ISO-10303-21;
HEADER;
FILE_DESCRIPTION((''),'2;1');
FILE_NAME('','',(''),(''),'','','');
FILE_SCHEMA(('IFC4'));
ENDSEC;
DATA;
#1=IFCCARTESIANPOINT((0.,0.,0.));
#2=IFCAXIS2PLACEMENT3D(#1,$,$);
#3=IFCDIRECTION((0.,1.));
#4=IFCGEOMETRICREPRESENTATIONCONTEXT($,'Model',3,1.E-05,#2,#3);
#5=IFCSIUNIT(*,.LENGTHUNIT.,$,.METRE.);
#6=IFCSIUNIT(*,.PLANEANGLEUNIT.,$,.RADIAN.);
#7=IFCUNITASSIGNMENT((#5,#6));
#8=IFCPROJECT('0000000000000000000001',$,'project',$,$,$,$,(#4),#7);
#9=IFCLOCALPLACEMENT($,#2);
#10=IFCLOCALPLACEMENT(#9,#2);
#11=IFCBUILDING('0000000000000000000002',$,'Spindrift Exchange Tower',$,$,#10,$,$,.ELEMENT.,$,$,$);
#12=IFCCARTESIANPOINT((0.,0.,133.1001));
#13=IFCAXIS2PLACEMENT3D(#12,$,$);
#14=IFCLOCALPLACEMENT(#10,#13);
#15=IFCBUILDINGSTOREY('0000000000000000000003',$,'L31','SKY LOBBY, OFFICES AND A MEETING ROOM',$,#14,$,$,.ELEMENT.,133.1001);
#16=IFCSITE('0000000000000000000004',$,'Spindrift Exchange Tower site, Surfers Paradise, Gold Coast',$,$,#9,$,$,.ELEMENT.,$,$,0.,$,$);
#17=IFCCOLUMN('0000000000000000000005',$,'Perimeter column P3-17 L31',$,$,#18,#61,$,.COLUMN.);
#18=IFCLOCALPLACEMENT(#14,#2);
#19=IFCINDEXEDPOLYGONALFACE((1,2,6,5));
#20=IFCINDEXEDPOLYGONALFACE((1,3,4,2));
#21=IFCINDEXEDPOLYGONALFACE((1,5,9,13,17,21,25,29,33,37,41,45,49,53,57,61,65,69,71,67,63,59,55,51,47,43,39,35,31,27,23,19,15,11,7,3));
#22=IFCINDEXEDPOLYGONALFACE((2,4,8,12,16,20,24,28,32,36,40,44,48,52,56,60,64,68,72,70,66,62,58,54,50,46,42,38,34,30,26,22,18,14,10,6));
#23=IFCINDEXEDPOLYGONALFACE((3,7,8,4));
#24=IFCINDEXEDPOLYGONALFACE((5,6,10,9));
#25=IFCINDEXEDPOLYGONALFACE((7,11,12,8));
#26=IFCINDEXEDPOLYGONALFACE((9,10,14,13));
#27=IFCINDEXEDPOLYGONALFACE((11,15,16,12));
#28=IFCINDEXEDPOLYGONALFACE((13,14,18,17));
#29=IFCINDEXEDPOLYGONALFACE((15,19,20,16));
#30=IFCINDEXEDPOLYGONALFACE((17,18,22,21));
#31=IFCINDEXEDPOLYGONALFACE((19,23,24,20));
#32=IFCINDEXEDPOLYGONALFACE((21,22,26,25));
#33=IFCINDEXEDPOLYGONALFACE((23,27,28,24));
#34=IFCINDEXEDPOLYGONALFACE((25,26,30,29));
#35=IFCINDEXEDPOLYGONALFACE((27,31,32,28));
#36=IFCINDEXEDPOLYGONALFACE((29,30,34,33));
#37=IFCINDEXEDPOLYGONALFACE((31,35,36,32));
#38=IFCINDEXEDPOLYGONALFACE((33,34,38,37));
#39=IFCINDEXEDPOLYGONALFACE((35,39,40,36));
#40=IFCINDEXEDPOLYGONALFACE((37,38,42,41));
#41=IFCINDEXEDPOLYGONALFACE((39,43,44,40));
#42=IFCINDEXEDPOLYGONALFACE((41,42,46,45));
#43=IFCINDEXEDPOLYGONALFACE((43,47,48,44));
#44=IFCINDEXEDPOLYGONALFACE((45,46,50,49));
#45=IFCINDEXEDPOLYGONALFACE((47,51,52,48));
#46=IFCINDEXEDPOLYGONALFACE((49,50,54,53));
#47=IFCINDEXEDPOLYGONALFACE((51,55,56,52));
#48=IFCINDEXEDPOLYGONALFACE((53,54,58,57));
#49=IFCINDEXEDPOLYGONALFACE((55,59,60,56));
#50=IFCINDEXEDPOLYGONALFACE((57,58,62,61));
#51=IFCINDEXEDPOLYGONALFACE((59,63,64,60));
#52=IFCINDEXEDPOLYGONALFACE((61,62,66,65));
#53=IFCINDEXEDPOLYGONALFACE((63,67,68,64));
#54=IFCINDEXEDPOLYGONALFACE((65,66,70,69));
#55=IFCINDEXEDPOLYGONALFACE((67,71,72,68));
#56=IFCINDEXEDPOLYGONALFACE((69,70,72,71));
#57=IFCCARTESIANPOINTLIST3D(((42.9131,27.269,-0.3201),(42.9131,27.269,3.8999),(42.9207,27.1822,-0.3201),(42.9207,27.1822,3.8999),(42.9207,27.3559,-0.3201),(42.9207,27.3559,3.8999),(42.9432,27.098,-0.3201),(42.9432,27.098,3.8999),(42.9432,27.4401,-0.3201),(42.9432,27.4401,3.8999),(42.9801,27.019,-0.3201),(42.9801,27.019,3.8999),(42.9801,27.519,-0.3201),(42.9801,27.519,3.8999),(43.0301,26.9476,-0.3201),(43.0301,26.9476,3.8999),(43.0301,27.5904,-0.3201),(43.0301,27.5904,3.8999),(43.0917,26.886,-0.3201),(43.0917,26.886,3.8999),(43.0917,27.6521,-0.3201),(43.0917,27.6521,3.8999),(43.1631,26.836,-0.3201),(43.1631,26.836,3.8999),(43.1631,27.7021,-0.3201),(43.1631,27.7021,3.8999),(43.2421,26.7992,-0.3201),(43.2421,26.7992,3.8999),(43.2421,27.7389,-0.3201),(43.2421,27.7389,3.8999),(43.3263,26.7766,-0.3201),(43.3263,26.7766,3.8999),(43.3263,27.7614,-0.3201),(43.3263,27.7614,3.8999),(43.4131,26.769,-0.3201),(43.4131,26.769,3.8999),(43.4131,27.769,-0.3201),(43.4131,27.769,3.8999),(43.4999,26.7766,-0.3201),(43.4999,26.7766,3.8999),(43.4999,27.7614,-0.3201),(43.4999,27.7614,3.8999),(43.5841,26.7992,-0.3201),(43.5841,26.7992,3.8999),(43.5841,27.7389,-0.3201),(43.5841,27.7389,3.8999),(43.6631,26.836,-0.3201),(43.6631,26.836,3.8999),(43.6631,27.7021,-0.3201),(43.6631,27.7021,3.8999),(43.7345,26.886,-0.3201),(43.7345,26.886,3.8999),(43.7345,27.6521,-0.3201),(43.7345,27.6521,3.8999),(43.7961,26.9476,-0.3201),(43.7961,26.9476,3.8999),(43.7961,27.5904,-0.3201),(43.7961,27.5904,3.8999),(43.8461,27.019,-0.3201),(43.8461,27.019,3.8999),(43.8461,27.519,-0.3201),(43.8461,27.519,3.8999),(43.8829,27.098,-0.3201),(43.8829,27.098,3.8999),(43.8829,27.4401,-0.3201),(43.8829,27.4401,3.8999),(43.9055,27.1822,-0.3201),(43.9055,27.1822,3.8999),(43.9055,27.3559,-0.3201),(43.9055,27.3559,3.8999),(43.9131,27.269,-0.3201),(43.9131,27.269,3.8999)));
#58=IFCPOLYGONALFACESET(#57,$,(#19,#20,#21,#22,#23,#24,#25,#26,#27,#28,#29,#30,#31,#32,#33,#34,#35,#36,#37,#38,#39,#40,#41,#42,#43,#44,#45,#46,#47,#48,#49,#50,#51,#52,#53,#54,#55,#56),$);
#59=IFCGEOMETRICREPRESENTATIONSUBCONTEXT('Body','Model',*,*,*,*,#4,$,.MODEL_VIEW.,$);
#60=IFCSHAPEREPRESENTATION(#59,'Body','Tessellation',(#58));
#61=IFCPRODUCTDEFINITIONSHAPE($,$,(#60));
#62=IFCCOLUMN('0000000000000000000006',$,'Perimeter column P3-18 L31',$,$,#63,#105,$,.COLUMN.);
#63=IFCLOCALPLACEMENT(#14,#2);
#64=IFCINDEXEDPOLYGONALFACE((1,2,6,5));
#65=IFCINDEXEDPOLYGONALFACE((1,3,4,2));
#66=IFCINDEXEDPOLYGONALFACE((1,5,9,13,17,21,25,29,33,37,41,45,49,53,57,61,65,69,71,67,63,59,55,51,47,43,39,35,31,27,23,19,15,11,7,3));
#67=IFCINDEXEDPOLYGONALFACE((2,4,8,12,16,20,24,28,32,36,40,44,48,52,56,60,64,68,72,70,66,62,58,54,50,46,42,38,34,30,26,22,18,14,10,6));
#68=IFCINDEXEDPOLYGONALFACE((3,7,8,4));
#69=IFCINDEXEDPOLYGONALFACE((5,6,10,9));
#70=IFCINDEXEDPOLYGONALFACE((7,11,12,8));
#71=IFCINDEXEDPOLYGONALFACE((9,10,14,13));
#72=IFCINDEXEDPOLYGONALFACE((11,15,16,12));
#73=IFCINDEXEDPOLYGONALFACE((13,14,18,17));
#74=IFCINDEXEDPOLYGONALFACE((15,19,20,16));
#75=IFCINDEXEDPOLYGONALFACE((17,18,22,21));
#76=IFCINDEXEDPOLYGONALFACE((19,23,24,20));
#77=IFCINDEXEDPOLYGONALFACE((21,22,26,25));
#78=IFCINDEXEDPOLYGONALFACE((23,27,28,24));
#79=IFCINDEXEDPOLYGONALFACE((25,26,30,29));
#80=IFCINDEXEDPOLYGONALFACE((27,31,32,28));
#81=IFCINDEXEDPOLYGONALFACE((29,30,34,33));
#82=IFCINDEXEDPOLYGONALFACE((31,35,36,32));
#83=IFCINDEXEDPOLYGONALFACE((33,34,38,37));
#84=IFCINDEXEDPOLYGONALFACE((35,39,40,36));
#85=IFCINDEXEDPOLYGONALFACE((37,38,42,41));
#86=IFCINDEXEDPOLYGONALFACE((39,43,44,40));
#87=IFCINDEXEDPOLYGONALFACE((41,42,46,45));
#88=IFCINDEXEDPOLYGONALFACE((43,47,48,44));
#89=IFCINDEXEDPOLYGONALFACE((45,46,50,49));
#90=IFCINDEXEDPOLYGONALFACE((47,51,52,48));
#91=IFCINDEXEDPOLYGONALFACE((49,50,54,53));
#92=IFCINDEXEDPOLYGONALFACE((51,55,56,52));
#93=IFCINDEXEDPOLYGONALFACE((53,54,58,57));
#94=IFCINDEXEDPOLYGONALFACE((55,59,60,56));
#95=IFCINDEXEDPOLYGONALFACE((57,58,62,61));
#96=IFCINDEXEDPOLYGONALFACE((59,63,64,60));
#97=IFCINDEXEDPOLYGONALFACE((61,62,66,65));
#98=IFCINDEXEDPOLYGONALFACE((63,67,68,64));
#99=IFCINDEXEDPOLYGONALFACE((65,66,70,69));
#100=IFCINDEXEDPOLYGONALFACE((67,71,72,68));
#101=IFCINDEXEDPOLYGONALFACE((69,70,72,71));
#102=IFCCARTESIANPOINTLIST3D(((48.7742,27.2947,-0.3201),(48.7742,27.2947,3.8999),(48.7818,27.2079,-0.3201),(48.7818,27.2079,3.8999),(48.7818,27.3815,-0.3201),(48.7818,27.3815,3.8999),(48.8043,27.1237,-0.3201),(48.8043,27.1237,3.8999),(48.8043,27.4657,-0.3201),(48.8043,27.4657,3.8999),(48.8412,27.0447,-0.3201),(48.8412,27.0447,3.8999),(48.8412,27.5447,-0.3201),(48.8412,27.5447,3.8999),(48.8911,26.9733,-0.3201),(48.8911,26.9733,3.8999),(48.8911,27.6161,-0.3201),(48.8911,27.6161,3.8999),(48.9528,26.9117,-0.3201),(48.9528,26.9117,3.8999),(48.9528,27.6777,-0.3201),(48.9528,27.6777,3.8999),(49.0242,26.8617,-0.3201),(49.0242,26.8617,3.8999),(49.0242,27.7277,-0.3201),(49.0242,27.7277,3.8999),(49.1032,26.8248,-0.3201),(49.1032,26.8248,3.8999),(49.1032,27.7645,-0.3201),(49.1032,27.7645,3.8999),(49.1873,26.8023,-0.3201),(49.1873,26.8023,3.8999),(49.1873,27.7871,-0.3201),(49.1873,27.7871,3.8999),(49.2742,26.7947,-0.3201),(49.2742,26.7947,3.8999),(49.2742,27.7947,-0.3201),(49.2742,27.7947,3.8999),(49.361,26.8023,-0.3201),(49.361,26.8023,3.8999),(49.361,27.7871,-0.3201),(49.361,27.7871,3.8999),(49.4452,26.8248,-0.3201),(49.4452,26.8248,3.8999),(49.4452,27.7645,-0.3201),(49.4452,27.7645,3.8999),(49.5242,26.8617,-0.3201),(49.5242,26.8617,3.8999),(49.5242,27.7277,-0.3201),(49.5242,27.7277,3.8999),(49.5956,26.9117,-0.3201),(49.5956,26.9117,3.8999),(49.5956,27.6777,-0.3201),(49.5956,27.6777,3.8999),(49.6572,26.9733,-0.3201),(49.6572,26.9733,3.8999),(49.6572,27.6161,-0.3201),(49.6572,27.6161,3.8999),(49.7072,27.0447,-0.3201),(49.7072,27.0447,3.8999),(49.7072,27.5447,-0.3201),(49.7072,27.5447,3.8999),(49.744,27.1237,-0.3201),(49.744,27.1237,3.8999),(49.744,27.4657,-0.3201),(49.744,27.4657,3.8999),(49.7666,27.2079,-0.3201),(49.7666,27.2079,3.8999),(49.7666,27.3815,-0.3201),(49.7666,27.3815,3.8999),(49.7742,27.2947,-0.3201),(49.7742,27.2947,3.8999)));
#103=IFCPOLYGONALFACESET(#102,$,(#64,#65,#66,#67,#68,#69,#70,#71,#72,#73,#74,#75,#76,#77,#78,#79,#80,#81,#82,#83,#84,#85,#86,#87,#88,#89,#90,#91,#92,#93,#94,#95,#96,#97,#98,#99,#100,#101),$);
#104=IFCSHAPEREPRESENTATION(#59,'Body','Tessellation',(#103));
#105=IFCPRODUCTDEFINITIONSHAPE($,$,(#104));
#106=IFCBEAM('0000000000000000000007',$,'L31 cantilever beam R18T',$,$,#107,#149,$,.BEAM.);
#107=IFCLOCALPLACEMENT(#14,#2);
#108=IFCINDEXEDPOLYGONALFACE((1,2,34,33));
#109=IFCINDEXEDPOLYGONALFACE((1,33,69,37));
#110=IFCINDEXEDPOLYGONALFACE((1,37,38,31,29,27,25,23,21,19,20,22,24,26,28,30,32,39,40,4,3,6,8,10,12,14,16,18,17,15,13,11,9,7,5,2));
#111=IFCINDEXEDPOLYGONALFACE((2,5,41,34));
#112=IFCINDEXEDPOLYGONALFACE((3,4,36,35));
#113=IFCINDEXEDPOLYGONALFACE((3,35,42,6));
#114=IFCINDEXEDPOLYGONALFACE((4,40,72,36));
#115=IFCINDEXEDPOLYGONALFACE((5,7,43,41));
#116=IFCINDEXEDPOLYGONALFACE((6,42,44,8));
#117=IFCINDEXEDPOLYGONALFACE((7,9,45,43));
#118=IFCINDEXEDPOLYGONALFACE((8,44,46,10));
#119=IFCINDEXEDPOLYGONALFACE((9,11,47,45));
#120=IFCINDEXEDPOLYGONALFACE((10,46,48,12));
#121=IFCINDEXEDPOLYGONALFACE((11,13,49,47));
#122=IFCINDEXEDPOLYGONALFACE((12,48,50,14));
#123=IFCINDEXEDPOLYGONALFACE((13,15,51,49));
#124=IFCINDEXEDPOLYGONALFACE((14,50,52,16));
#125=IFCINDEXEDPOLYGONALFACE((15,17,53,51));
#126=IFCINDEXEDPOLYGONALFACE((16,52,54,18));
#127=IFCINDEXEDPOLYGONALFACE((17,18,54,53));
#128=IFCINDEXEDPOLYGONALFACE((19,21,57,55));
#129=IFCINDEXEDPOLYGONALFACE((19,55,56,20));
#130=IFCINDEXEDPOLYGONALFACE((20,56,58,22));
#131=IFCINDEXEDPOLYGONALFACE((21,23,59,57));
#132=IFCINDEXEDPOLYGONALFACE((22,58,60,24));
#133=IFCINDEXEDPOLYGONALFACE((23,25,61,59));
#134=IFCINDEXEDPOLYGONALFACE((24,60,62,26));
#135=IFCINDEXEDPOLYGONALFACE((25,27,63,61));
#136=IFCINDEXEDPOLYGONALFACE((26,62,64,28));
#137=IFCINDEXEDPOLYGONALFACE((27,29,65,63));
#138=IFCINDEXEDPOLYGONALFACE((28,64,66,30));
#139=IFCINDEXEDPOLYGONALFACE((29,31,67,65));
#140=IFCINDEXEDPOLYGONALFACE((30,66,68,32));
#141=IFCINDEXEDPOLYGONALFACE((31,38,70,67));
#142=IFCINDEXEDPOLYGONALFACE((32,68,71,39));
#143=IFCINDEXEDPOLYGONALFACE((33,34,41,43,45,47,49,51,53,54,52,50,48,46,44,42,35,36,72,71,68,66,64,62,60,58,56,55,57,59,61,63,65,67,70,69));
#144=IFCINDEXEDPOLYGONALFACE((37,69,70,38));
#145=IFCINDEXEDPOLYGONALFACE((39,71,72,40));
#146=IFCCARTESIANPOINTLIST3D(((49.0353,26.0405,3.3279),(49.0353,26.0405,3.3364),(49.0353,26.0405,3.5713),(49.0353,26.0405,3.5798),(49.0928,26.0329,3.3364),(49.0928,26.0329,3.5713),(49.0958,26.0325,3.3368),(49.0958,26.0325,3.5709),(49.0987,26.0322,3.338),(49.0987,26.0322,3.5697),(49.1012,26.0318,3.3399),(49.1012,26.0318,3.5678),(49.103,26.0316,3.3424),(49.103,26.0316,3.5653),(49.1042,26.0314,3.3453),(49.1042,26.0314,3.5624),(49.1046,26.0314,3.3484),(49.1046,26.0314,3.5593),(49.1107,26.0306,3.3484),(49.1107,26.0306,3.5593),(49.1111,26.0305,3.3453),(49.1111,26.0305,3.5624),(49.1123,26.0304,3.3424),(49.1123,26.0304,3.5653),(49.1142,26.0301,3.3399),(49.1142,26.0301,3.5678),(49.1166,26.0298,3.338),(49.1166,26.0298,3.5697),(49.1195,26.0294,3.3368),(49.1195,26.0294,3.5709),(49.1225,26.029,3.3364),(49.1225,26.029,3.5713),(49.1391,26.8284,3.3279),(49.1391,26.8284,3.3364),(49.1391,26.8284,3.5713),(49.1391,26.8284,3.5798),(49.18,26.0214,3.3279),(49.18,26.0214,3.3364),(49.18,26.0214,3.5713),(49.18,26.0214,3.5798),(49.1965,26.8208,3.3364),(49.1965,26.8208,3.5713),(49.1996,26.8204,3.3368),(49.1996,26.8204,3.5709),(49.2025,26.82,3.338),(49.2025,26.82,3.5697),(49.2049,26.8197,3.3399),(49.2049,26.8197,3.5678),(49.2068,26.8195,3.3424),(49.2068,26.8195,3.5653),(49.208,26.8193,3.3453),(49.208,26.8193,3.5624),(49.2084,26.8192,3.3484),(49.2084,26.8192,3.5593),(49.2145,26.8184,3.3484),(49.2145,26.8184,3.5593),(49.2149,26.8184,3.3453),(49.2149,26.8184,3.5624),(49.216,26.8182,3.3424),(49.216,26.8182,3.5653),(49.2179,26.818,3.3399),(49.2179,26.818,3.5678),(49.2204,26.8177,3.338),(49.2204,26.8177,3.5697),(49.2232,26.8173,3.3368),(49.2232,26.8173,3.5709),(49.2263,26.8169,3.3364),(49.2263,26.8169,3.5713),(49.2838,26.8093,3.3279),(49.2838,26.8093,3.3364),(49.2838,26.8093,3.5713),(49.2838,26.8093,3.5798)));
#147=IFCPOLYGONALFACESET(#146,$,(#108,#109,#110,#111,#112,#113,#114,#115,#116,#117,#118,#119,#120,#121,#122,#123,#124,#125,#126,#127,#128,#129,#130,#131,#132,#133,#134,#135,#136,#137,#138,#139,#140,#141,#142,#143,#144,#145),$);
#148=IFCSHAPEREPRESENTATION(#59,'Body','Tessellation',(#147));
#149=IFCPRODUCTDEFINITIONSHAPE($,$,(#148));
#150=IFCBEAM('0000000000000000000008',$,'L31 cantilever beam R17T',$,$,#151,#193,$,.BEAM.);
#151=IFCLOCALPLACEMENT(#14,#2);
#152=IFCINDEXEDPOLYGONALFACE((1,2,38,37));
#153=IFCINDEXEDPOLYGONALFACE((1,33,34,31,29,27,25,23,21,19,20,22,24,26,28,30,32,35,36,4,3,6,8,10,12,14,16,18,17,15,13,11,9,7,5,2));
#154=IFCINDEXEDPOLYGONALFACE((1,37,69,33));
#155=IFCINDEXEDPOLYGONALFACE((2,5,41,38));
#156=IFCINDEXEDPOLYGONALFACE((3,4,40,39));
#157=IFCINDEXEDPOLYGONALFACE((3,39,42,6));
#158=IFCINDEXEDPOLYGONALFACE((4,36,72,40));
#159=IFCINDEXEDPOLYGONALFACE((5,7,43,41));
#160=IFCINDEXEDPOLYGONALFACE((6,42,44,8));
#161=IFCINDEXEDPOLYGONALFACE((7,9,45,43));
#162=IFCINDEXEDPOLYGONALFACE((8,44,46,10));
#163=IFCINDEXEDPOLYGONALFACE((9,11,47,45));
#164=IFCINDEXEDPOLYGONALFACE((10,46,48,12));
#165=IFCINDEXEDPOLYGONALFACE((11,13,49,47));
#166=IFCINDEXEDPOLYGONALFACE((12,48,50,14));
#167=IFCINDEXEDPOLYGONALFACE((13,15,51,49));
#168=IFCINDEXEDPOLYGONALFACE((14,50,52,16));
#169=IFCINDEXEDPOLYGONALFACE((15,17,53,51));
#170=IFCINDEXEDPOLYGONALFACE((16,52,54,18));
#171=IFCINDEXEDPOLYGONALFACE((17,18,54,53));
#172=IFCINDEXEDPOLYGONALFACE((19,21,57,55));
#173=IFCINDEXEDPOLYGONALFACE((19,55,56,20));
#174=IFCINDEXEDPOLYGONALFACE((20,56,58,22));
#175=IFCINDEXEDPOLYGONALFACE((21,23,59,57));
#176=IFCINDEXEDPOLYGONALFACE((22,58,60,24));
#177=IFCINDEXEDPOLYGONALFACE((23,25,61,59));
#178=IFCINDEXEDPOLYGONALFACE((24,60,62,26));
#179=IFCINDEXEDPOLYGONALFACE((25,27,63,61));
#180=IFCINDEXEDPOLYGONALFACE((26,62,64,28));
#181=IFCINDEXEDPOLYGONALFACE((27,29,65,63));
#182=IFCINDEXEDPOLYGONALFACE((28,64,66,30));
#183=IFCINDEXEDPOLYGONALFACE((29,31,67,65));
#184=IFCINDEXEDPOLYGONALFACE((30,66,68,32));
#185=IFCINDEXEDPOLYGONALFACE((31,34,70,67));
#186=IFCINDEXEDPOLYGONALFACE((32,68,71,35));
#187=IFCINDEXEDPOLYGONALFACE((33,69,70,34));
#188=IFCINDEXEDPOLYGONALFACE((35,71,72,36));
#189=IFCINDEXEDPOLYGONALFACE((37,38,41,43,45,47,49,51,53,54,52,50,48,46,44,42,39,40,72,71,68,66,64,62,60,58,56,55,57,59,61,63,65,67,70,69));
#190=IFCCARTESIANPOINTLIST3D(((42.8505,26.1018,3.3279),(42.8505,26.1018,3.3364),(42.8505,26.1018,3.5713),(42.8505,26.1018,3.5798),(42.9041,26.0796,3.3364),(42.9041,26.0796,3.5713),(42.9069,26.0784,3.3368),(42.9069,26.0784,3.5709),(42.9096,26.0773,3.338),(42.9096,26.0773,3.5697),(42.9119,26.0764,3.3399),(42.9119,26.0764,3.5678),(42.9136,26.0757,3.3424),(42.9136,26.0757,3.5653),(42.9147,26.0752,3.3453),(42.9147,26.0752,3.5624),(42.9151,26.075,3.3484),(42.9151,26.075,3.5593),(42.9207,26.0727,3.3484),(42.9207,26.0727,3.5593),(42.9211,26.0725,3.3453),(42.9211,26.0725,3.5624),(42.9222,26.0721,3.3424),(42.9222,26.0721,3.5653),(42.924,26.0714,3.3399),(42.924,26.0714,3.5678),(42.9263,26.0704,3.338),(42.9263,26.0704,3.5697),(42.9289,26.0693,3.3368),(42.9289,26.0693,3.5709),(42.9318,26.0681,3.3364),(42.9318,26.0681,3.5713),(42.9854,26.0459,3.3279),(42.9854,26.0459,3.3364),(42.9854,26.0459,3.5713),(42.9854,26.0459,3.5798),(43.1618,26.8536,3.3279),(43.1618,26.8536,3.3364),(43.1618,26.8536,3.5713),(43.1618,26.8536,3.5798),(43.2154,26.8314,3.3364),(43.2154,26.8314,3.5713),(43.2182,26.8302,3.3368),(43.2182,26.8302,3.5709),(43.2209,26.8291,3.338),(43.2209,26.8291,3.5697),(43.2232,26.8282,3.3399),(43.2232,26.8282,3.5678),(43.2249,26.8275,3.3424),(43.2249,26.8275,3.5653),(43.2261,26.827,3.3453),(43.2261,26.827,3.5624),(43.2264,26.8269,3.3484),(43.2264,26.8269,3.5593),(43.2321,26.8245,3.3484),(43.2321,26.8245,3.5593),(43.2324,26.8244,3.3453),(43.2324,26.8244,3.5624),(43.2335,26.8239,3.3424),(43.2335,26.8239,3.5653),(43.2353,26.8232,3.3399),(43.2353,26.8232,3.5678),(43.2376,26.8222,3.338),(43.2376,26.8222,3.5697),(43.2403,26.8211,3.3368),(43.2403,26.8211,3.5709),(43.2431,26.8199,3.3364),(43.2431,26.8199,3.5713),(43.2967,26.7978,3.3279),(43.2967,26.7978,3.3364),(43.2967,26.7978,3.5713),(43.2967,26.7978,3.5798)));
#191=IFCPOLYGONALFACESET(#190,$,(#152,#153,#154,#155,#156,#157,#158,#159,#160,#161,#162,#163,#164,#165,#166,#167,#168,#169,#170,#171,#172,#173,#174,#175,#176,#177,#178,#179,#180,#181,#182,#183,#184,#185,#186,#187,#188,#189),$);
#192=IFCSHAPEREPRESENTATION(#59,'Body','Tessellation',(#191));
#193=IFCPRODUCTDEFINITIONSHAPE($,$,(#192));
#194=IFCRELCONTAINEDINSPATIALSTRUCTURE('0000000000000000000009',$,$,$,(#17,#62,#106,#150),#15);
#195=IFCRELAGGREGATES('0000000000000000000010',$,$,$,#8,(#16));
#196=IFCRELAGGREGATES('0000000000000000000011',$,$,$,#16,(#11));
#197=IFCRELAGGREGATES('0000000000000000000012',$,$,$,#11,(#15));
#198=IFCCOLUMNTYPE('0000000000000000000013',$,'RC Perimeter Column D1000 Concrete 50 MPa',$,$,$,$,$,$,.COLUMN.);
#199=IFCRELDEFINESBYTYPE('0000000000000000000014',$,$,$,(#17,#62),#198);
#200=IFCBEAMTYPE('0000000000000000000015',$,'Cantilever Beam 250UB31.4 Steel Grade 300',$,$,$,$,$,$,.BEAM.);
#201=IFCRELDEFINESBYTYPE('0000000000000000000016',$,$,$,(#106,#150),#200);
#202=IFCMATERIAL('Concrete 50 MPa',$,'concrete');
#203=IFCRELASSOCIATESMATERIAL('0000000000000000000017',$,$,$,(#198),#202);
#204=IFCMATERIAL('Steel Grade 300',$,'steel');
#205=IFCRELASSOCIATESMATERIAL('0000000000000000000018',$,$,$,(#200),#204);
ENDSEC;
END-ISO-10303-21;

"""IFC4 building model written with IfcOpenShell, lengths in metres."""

from ifc_helpers import new_model, si_unit, direction, frame, origin, origin_2d, place, context, subcontext, project, spatial, circle, i_section, extrude, source, transform, mapped, material, material_profile, profile_set, type_object, element, save


model = new_model("IFC4")

# Units and contexts
model_context = context("Model", 3, precision=1e-05, world=origin(), true_north=direction((0.0, 1.0)))
body_context = subcontext(model_context, "Body", "Model", "MODEL_VIEW")
ifc_project = project(units=[si_unit("LENGTHUNIT", "METRE"), si_unit("PLANEANGLEUNIT", "RADIAN")], contexts=[model_context])

# Site, building, storey
site_placement = place(None, origin())
site = spatial("IfcSite", under=ifc_project, at=site_placement, Name="Spindrift Exchange Tower site, Surfers Paradise, Gold Coast", CompositionType="ELEMENT", RefElevation=0.0)
building_placement = place(site_placement, origin())
building = spatial("IfcBuilding", under=site, at=building_placement, Name="Spindrift Exchange Tower", CompositionType="ELEMENT")
storey_placement = place(building_placement, frame((0.0, 0.0, 133.1001)))
storey = spatial("IfcBuildingStorey", under=building, at=storey_placement, Name="L31", Description="SKY LOBBY, OFFICES AND A MEETING ROOM", CompositionType="ELEMENT", Elevation=133.1001)

# Columns
ifc_material_1 = material(Name="Concrete 50 MPa", Category="concrete")
ifc_material_profile_1 = material_profile(ifc_material_1, circle(Radius=0.5, at=origin_2d()), Name="RC D1000")
ifc_profile_set_1 = profile_set([ifc_material_profile_1], Name="Concrete 50 MPa")
column_type = type_object("IfcColumnType", Name="RC Perimeter Column D1000 Concrete 50 MPa", PredefinedType="COLUMN", material=ifc_profile_set_1)
shared_shape_1 = source(origin(), body_context, "Body", "SweptSolid", [
    extrude(circle(Radius=0.5, at=origin_2d()), origin(), (0.0, 0.0, 1.0), 4.22),
])
for number, where, z_axis, x_axis, name in (
    (1, (43.4131, 27.269, -0.3201), (0.0, 0.0, 1.0), (1.0, 0.0, 0.0), "Perimeter column P3-17 L31"),
    (2, (49.2742, 27.2947, -0.3201), (0.0, 0.0, 1.0), (1.0, 0.0, 0.0), "Perimeter column P3-18 L31"),
):
    element("IfcColumn", number, at=place(storey_placement, frame(where, z_axis=z_axis, x_axis=x_axis)), inside=storey, type_object=column_type, Name=name, PredefinedType="COLUMN", context=body_context, shape_type="MappedRepresentation", body=[
        mapped(shared_shape_1, transform((0.0, 0.0, 0.0), scale=1.0)),
    ])

# Beams
ifc_material_2 = material(Name="Steel Grade 300", Category="steel")
ifc_material_profile_2 = material_profile(ifc_material_2, i_section(OverallWidth=0.146, OverallDepth=0.252, WebThickness=0.0061, FlangeThickness=0.0085, FilletRadius=0.012, at=origin_2d()), Name="250UB31.4")
ifc_profile_set_2 = profile_set([ifc_material_profile_2], Name="Steel Grade 300")
beam_type_1 = type_object("IfcBeamType", Name="Cantilever Beam 250UB31.4 Steel Grade 300", PredefinedType="BEAM", material=ifc_profile_set_2)
shared_shape_2 = source(origin(), body_context, "Body", "SweptSolid", [
    extrude(i_section(OverallWidth=0.146, OverallDepth=0.252, WebThickness=0.0061, FlangeThickness=0.0085, FilletRadius=0.012, at=origin_2d()), origin(), (0.0, 0.0, 1.0), 0.7947),
])
beam_1_placement = place(storey_placement, frame((49.2114, 26.8188, 3.4539), z_axis=(-0.130574, -0.991439, 0.0), x_axis=(0.991439, -0.130574, 0.0)))
element("IfcBeam", 3, at=beam_1_placement, inside=storey, type_object=beam_type_1, Name="L31 cantilever beam R18T", PredefinedType="BEAM", context=body_context, shape_type="MappedRepresentation", body=[
    mapped(shared_shape_2, transform((0.0, 0.0, 0.0), scale=1.0)),
])
shared_shape_3 = source(origin(), body_context, "Body", "SweptSolid", [
    extrude(i_section(OverallWidth=0.146, OverallDepth=0.252, WebThickness=0.0061, FlangeThickness=0.0085, FilletRadius=0.012, at=origin_2d()), origin(), (0.0, 0.0, 1.0), 0.8137),
])
beam_2_placement = place(storey_placement, frame((43.2292, 26.8257, 3.4539), z_axis=(-0.38259, -0.923918, 0.0), x_axis=(0.923918, -0.38259, 0.0)))
element("IfcBeam", 4, at=beam_2_placement, inside=storey, type_object=beam_type_1, Name="L31 cantilever beam R17T", PredefinedType="BEAM", context=body_context, shape_type="MappedRepresentation", body=[
    mapped(shared_shape_3, transform((0.0, 0.0, 0.0), scale=1.0)),
])

save(model, "model.ifc")
